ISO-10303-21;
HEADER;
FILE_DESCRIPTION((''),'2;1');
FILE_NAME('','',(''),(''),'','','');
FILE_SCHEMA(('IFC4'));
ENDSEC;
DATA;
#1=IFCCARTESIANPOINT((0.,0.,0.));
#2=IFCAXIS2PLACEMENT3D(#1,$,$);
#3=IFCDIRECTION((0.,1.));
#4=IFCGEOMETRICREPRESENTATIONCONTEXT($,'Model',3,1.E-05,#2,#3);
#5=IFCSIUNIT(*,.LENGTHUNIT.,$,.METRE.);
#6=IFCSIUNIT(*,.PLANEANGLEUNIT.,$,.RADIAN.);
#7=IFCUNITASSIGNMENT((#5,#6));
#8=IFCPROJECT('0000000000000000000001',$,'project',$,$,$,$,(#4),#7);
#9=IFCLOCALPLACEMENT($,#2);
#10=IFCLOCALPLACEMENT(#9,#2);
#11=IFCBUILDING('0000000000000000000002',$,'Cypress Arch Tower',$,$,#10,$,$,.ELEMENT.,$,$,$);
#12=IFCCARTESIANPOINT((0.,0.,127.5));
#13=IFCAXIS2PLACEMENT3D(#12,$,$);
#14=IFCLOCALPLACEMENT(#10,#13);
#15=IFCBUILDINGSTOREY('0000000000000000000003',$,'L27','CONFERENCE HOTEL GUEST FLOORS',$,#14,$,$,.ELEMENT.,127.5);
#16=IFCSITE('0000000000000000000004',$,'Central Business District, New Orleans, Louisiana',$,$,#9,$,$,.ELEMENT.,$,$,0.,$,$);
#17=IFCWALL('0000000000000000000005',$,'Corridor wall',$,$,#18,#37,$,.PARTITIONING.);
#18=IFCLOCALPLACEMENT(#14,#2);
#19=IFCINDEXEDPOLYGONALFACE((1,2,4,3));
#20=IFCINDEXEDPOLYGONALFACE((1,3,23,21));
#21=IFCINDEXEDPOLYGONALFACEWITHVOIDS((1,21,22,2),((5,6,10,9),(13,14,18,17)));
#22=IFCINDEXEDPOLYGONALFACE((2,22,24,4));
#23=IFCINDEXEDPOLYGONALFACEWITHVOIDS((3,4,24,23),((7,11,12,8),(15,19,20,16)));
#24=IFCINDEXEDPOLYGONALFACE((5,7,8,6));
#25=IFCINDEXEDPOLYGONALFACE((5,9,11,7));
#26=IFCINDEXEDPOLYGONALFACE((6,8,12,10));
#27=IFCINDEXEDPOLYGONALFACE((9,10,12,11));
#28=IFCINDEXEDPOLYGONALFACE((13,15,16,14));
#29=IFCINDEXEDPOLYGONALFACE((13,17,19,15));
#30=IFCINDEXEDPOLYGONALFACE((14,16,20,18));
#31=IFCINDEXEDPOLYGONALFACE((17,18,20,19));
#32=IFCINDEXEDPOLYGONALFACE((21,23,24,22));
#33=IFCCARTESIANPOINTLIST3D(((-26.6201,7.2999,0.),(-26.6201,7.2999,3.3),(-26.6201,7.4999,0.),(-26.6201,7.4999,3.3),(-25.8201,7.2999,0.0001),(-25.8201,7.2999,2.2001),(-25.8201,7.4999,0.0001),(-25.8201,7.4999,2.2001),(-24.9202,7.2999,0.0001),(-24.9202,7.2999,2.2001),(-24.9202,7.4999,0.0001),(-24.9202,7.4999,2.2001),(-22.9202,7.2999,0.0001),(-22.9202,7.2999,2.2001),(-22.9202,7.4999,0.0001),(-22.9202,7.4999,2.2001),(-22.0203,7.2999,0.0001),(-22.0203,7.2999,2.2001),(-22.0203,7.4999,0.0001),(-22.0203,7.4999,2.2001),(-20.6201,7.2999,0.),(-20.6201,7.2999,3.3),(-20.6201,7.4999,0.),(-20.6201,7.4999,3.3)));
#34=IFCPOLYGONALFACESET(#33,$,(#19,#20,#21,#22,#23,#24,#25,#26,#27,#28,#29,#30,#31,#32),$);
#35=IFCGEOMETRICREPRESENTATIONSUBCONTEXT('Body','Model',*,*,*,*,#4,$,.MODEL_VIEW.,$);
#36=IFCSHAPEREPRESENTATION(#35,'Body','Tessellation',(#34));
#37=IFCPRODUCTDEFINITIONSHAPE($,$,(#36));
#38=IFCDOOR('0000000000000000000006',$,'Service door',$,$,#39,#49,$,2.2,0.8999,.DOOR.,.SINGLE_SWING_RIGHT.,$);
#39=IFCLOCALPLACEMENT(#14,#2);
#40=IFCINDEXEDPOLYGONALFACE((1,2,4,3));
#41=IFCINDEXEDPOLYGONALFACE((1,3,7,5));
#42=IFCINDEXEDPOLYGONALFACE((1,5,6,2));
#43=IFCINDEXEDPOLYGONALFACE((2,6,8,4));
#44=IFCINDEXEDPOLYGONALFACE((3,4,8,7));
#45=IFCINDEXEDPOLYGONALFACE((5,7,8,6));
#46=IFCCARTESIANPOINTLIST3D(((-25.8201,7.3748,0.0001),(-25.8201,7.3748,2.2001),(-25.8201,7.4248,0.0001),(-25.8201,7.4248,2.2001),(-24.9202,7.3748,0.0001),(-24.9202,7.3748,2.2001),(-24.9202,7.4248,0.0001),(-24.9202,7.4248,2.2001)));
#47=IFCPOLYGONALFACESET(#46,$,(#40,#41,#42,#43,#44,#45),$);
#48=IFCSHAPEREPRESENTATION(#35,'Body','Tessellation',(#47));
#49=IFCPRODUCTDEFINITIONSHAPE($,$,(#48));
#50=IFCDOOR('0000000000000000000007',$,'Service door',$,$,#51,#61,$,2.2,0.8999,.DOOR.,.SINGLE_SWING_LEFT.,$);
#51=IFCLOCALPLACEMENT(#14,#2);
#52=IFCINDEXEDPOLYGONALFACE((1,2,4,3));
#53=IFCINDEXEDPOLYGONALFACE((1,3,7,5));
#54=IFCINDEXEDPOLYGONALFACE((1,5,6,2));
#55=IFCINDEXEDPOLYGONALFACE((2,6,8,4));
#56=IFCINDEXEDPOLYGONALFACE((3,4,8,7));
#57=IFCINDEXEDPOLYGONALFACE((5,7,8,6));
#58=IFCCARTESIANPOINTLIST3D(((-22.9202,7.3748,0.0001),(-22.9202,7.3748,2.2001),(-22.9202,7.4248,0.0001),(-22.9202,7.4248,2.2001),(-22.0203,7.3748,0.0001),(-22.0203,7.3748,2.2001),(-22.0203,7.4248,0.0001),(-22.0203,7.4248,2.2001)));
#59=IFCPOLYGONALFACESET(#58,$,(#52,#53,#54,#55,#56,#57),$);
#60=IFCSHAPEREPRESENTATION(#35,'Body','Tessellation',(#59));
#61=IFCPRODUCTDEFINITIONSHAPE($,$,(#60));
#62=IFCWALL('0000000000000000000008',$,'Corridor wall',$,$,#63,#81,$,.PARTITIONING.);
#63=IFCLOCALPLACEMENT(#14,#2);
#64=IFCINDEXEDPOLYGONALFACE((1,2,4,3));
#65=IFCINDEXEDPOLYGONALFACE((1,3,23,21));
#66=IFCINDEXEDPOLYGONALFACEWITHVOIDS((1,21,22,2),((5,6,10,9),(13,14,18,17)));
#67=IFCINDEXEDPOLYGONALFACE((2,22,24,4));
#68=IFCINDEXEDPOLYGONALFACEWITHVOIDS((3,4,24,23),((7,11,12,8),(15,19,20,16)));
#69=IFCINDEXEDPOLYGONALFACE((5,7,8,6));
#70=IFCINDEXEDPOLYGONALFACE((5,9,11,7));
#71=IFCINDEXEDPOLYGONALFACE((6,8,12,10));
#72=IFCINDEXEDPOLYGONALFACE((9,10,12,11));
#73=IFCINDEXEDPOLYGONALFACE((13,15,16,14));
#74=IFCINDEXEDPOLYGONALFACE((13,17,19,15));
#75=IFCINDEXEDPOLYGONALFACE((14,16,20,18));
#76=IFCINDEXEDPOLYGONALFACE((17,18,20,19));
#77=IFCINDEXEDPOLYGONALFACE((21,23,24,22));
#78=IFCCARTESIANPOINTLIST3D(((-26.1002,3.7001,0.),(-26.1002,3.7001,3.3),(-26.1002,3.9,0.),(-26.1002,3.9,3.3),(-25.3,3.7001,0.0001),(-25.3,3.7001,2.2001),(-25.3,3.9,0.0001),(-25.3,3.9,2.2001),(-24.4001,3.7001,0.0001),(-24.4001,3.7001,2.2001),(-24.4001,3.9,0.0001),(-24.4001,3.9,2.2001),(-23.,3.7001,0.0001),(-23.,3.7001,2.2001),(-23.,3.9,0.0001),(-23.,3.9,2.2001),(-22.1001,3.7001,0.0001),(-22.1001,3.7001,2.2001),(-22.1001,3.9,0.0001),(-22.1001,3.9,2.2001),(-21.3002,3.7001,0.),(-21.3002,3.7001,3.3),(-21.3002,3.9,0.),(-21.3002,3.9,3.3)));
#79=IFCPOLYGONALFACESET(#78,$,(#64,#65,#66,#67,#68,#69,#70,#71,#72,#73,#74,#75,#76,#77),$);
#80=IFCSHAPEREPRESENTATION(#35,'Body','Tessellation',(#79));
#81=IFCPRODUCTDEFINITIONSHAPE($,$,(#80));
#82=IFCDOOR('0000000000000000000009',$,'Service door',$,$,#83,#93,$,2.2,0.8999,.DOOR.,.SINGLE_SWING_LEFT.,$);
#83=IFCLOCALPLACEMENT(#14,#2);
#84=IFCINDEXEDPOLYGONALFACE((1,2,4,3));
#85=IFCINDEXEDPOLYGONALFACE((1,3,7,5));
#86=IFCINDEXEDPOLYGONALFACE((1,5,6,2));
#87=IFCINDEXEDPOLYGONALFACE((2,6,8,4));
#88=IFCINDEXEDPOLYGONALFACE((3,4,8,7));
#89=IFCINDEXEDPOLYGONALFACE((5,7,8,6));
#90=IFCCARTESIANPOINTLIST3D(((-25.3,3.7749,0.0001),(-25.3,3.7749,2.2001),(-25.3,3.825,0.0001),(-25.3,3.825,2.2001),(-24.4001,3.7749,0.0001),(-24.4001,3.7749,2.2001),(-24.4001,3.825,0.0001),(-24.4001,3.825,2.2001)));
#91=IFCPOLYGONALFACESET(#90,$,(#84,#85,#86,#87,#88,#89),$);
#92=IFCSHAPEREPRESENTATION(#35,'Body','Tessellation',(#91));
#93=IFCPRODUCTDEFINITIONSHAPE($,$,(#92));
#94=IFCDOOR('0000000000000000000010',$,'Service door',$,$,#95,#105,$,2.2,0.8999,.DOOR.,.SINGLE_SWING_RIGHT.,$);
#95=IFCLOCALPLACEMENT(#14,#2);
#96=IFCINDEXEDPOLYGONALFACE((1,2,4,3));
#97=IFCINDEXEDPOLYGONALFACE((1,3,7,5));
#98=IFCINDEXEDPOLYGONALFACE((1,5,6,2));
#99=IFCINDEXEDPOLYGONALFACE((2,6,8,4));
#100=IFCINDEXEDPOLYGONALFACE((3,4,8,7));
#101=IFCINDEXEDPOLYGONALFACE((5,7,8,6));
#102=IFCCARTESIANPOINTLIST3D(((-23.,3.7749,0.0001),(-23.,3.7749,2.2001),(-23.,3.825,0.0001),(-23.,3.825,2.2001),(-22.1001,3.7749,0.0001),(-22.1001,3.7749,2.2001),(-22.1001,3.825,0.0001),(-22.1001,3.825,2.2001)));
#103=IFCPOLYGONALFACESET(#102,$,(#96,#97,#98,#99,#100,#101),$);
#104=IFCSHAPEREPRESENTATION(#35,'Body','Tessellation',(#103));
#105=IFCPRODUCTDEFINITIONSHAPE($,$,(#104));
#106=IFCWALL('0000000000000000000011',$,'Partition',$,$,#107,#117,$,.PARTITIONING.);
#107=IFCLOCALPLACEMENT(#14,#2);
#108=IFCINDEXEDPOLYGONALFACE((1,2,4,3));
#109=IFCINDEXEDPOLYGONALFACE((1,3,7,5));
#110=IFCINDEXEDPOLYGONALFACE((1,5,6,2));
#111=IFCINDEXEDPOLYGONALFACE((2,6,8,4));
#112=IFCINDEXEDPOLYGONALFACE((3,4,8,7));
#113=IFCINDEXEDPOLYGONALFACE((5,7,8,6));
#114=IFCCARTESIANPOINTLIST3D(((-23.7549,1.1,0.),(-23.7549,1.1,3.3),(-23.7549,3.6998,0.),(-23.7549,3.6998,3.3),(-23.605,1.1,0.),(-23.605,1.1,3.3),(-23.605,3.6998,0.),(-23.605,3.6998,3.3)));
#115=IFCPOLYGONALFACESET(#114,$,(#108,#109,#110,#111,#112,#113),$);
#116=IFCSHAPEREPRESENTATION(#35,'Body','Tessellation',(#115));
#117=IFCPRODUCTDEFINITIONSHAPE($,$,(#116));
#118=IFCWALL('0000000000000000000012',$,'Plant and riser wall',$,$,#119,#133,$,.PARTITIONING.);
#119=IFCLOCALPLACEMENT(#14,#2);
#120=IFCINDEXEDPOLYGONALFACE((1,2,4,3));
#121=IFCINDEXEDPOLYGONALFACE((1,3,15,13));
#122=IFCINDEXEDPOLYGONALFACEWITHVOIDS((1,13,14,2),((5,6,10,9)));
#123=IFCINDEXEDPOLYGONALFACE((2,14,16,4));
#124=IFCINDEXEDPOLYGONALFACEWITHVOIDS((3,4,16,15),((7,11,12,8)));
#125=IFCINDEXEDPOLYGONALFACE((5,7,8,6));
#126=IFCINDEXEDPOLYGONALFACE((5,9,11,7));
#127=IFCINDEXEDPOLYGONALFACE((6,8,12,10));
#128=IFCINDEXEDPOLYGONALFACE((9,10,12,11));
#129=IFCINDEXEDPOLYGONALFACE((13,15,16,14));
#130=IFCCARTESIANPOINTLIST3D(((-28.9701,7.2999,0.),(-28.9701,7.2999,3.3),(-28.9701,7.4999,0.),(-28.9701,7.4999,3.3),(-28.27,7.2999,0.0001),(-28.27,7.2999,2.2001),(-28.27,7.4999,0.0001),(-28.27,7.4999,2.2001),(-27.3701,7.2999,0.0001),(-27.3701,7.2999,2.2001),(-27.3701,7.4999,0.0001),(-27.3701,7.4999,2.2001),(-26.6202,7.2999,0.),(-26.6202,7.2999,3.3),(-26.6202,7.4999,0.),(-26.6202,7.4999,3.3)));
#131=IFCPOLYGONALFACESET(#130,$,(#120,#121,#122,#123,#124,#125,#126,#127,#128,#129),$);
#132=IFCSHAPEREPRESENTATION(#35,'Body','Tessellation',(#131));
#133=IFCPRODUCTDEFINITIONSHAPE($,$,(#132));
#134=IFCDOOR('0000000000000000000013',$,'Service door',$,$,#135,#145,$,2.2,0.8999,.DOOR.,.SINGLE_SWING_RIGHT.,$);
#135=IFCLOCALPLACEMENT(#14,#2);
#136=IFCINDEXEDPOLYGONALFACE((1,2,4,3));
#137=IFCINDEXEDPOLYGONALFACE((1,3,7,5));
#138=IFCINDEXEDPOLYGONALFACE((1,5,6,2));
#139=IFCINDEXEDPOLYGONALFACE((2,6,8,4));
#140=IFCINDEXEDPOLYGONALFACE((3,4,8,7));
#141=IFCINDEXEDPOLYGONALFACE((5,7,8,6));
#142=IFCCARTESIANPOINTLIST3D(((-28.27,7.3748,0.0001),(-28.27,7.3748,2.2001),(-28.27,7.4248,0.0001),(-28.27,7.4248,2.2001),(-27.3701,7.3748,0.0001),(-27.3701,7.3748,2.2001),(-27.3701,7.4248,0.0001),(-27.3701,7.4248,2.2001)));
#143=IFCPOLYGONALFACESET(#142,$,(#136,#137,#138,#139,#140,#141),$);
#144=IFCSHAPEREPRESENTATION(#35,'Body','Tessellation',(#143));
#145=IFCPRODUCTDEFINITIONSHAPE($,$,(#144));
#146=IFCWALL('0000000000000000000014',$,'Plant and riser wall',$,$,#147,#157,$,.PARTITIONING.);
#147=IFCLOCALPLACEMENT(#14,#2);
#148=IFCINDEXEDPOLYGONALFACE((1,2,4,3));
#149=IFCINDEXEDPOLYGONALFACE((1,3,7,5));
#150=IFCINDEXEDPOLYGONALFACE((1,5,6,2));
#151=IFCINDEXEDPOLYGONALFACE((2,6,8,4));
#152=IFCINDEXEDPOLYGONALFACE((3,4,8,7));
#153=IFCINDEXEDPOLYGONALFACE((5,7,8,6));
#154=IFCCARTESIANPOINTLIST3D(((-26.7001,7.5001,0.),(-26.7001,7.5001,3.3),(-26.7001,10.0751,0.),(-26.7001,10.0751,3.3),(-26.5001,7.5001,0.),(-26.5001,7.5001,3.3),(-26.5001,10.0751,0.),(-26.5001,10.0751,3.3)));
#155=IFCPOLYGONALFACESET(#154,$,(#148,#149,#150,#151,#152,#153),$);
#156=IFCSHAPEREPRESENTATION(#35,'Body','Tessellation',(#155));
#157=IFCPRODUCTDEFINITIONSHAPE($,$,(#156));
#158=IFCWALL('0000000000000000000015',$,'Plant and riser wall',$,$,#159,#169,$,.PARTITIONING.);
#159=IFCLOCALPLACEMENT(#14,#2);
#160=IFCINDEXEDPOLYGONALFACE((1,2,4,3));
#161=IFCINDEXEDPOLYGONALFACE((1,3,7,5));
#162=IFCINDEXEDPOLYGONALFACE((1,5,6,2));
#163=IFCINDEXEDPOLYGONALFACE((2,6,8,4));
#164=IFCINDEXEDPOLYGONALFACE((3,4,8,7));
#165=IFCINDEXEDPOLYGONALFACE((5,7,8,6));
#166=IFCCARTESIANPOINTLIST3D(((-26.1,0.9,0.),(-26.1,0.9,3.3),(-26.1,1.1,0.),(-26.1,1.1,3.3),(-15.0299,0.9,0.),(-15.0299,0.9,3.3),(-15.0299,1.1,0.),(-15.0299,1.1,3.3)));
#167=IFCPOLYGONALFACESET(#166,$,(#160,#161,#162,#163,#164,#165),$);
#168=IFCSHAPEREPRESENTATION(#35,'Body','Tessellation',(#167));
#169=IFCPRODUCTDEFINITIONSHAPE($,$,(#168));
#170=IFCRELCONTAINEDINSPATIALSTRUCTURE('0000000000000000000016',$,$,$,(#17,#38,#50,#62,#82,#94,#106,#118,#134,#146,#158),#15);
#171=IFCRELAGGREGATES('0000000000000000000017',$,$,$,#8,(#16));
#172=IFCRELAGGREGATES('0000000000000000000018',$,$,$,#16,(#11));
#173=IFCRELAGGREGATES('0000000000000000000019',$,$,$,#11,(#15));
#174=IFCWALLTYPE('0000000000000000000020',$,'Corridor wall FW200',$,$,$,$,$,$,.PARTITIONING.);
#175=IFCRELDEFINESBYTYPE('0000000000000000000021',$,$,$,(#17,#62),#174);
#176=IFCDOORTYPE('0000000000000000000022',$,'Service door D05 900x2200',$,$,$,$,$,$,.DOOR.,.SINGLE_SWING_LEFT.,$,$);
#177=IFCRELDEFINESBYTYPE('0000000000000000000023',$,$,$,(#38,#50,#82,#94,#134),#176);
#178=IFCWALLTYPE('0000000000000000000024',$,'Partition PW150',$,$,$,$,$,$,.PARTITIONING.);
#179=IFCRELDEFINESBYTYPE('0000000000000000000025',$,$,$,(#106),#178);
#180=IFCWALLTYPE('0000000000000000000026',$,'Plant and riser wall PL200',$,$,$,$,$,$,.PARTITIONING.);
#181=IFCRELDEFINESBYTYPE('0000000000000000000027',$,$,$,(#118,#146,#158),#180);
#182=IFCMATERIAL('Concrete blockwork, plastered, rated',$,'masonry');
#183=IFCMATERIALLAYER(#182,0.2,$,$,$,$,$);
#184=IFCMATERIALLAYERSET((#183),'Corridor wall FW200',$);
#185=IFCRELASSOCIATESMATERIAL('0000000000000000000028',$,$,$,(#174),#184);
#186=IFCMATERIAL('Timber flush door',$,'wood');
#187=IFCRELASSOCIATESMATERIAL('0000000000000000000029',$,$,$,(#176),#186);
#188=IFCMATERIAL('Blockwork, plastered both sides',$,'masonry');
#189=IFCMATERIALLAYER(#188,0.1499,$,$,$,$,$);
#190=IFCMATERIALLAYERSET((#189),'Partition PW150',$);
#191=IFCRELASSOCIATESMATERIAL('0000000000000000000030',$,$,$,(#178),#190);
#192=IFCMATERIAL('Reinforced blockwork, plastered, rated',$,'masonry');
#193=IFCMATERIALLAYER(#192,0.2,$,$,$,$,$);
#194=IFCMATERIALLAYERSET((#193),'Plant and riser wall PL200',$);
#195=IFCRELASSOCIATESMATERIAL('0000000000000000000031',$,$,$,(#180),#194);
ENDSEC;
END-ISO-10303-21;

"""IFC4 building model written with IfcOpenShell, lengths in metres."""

from ifc_helpers import new_model, si_unit, direction, frame, frame_2d, origin, place, context, subcontext, project, spatial, rectangle, extrude, material, layer, layer_set, type_object, element, fill, save


model = new_model("IFC4")

# Units and contexts
model_context = context("Model", 3, precision=1e-05, world=origin(), true_north=direction((0.0, 1.0)))
body_context = subcontext(model_context, "Body", "Model", "MODEL_VIEW")
ifc_project = project(units=[si_unit("LENGTHUNIT", "METRE"), si_unit("PLANEANGLEUNIT", "RADIAN")], contexts=[model_context])

# Site, building, storey
site_placement = place(None, origin())
site = spatial("IfcSite", under=ifc_project, at=site_placement, Name="Central Business District, New Orleans, Louisiana", CompositionType="ELEMENT", RefElevation=0.0)
building_placement = place(site_placement, origin())
building = spatial("IfcBuilding", under=site, at=building_placement, Name="Cypress Arch Tower", CompositionType="ELEMENT")
storey_placement = place(building_placement, frame((0.0, 0.0, 127.5)))
storey = spatial("IfcBuildingStorey", under=building, at=storey_placement, Name="L27", Description="CONFERENCE HOTEL GUEST FLOORS", CompositionType="ELEMENT", Elevation=127.5)

# Walls, openings, doors
ifc_material_1 = material(Name="Concrete blockwork, plastered, rated", Category="masonry")
ifc_layer_1 = layer(ifc_material_1, 0.2)
ifc_layer_set_1 = layer_set([ifc_layer_1], Name="Corridor wall FW200")
wall_type_1 = type_object("IfcWallType", Name="Corridor wall FW200", PredefinedType="PARTITIONING", material=ifc_layer_set_1)
wall_1_placement = place(storey_placement, frame((-26.6201, 7.3999, 0.0), z_axis=(0.0, 0.0, 1.0), x_axis=(1.0, 0.0, 0.0)))
wall_1 = element("IfcWall", 1, at=wall_1_placement, inside=storey, type_object=wall_type_1, Name="Corridor wall", PredefinedType="PARTITIONING", context=body_context, shape_type="SweptSolid", body=[
    extrude(rectangle(XDim=6.0, YDim=0.2, at=frame_2d((3.0, 0.0))), origin(), (0.0, 0.0, 1.0), 3.3),
])
opening_1_placement = place(wall_1_placement, frame((0.8, 0.0, 0.0)))
opening_1 = element("IfcOpeningElement", 2, at=opening_1_placement, cuts=wall_1, PredefinedType="OPENING", context=body_context, shape_type="SweptSolid", body=[
    extrude(rectangle(XDim=0.8999, YDim=2.2, at=frame_2d((0.45, 1.1001))), frame((0.0, 0.1099, 0.0), z_axis=(0.0, -1.0, 0.0), x_axis=(1.0, 0.0, 0.0)), (0.0, 0.0, 1.0), 0.22),
])
opening_2_placement = place(wall_1_placement, frame((3.7, 0.0, 0.0)))
opening_2 = element("IfcOpeningElement", 3, at=opening_2_placement, cuts=wall_1, PredefinedType="OPENING", context=body_context, shape_type="SweptSolid", body=[
    extrude(rectangle(XDim=0.8999, YDim=2.2, at=frame_2d((0.45, 1.1001))), frame((0.0, 0.1099, 0.0), z_axis=(0.0, -1.0, 0.0), x_axis=(1.0, 0.0, 0.0)), (0.0, 0.0, 1.0), 0.22),
])
ifc_material_2 = material(Name="Timber flush door", Category="wood")
door_type = type_object("IfcDoorType", Name="Service door D05 900x2200", OperationType="SINGLE_SWING_LEFT", PredefinedType="DOOR", material=ifc_material_2)
door_1_placement = place(opening_1_placement, origin())
door_1 = element("IfcDoor", 4, at=door_1_placement, inside=storey, type_object=door_type, Name="Service door", OperationType="SINGLE_SWING_RIGHT", OverallHeight=2.2, OverallWidth=0.8999, PredefinedType="DOOR", context=body_context, shape_type="SweptSolid", body=[
    extrude(rectangle(XDim=0.8999, YDim=2.2, at=frame_2d((0.45, 1.1001))), frame((0.0, 0.0249, 0.0), z_axis=(0.0, -1.0, 0.0), x_axis=(1.0, 0.0, 0.0)), (0.0, 0.0, 1.0), 0.05),
])
fill(opening_1, door_1)
door_2_placement = place(opening_2_placement, origin())
door_2 = element("IfcDoor", 5, at=door_2_placement, inside=storey, type_object=door_type, Name="Service door", OperationType="SINGLE_SWING_LEFT", OverallHeight=2.2, OverallWidth=0.8999, PredefinedType="DOOR", context=body_context, shape_type="SweptSolid", body=[
    extrude(rectangle(XDim=0.8999, YDim=2.2, at=frame_2d((0.45, 1.1001))), frame((0.0, 0.0249, 0.0), z_axis=(0.0, -1.0, 0.0), x_axis=(1.0, 0.0, 0.0)), (0.0, 0.0, 1.0), 0.05),
])
fill(opening_2, door_2)
wall_2_placement = place(storey_placement, frame((-26.1001, 3.8, 0.0), z_axis=(0.0, 0.0, 1.0), x_axis=(1.0, 0.0, 0.0)))
wall_2 = element("IfcWall", 6, at=wall_2_placement, inside=storey, type_object=wall_type_1, Name="Corridor wall", PredefinedType="PARTITIONING", context=body_context, shape_type="SweptSolid", body=[
    extrude(rectangle(XDim=4.8, YDim=0.2, at=frame_2d((2.3999, 0.0))), origin(), (0.0, 0.0, 1.0), 3.3),
])
opening_3_placement = place(wall_2_placement, frame((0.8, 0.0, 0.0)))
opening_3 = element("IfcOpeningElement", 7, at=opening_3_placement, cuts=wall_2, PredefinedType="OPENING", context=body_context, shape_type="SweptSolid", body=[
    extrude(rectangle(XDim=0.8999, YDim=2.2, at=frame_2d((0.45, 1.1001))), frame((0.0, 0.1099, 0.0), z_axis=(0.0, -1.0, 0.0), x_axis=(1.0, 0.0, 0.0)), (0.0, 0.0, 1.0), 0.22),
])
opening_4_placement = place(wall_2_placement, frame((3.1001, 0.0, 0.0)))
opening_4 = element("IfcOpeningElement", 8, at=opening_4_placement, cuts=wall_2, PredefinedType="OPENING", context=body_context, shape_type="SweptSolid", body=[
    extrude(rectangle(XDim=0.8999, YDim=2.2, at=frame_2d((0.45, 1.1001))), frame((0.0, 0.1099, 0.0), z_axis=(0.0, -1.0, 0.0), x_axis=(1.0, 0.0, 0.0)), (0.0, 0.0, 1.0), 0.22),
])
door_3_placement = place(opening_3_placement, origin())
door_3 = element("IfcDoor", 9, at=door_3_placement, inside=storey, type_object=door_type, Name="Service door", OperationType="SINGLE_SWING_LEFT", OverallHeight=2.2, OverallWidth=0.8999, PredefinedType="DOOR", context=body_context, shape_type="SweptSolid", body=[
    extrude(rectangle(XDim=0.8999, YDim=2.2, at=frame_2d((0.45, 1.1001))), frame((0.0, 0.0249, 0.0), z_axis=(0.0, -1.0, 0.0), x_axis=(1.0, 0.0, 0.0)), (0.0, 0.0, 1.0), 0.05),
])
fill(opening_3, door_3)
door_4_placement = place(opening_4_placement, origin())
door_4 = element("IfcDoor", 10, at=door_4_placement, inside=storey, type_object=door_type, Name="Service door", OperationType="SINGLE_SWING_RIGHT", OverallHeight=2.2, OverallWidth=0.8999, PredefinedType="DOOR", context=body_context, shape_type="SweptSolid", body=[
    extrude(rectangle(XDim=0.8999, YDim=2.2, at=frame_2d((0.45, 1.1001))), frame((0.0, 0.0249, 0.0), z_axis=(0.0, -1.0, 0.0), x_axis=(1.0, 0.0, 0.0)), (0.0, 0.0, 1.0), 0.05),
])
fill(opening_4, door_4)

# Wall
ifc_material_3 = material(Name="Blockwork, plastered both sides", Category="masonry")
ifc_layer_2 = layer(ifc_material_3, 0.1499)
ifc_layer_set_2 = layer_set([ifc_layer_2], Name="Partition PW150")
wall_type_2 = type_object("IfcWallType", Name="Partition PW150", PredefinedType="PARTITIONING", material=ifc_layer_set_2)
wall_3_placement = place(storey_placement, frame((-23.6799, 1.1001, 0.0), z_axis=(0.0, 0.0, 1.0), x_axis=(0.0, 1.0, 0.0)))
element("IfcWall", 11, at=wall_3_placement, inside=storey, type_object=wall_type_2, Name="Partition", PredefinedType="PARTITIONING", context=body_context, shape_type="SweptSolid", body=[
    extrude(rectangle(XDim=2.5999, YDim=0.1499, at=frame_2d((1.2998, 0.0))), origin(), (0.0, 0.0, 1.0), 3.3),
])

# Wall, opening, door
ifc_material_4 = material(Name="Reinforced blockwork, plastered, rated", Category="masonry")
ifc_layer_3 = layer(ifc_material_4, 0.2)
ifc_layer_set_3 = layer_set([ifc_layer_3], Name="Plant and riser wall PL200")
wall_type_3 = type_object("IfcWallType", Name="Plant and riser wall PL200", PredefinedType="PARTITIONING", material=ifc_layer_set_3)
wall_4_placement = place(storey_placement, frame((-28.97, 7.3999, 0.0), z_axis=(0.0, 0.0, 1.0), x_axis=(1.0, 0.0, 0.0)))
wall_4 = element("IfcWall", 12, at=wall_4_placement, inside=storey, type_object=wall_type_3, Name="Plant and riser wall", PredefinedType="PARTITIONING", context=body_context, shape_type="SweptSolid", body=[
    extrude(rectangle(XDim=2.3499, YDim=0.2, at=frame_2d((1.1748, 0.0))), origin(), (0.0, 0.0, 1.0), 3.3),
])
opening_5_placement = place(wall_4_placement, frame((0.7, 0.0, 0.0)))
opening_5 = element("IfcOpeningElement", 13, at=opening_5_placement, cuts=wall_4, PredefinedType="OPENING", context=body_context, shape_type="SweptSolid", body=[
    extrude(rectangle(XDim=0.8999, YDim=2.2, at=frame_2d((0.45, 1.1001))), frame((0.0, 0.1099, 0.0), z_axis=(0.0, -1.0, 0.0), x_axis=(1.0, 0.0, 0.0)), (0.0, 0.0, 1.0), 0.22),
])
door_5_placement = place(opening_5_placement, origin())
door_5 = element("IfcDoor", 14, at=door_5_placement, inside=storey, type_object=door_type, Name="Service door", OperationType="SINGLE_SWING_RIGHT", OverallHeight=2.2, OverallWidth=0.8999, PredefinedType="DOOR", context=body_context, shape_type="SweptSolid", body=[
    extrude(rectangle(XDim=0.8999, YDim=2.2, at=frame_2d((0.45, 1.1001))), frame((0.0, 0.0249, 0.0), z_axis=(0.0, -1.0, 0.0), x_axis=(1.0, 0.0, 0.0)), (0.0, 0.0, 1.0), 0.05),
])
fill(opening_5, door_5)

# Walls
wall_5_placement = place(storey_placement, frame((-26.6001, 7.5, 0.0), z_axis=(0.0, 0.0, 1.0), x_axis=(0.0, 1.0, 0.0)))
element("IfcWall", 15, at=wall_5_placement, inside=storey, type_object=wall_type_3, Name="Plant and riser wall", PredefinedType="PARTITIONING", context=body_context, shape_type="SweptSolid", body=[
    extrude(rectangle(XDim=2.575, YDim=0.2, at=frame_2d((1.2876, 0.0))), origin(), (0.0, 0.0, 1.0), 3.3),
])
wall_6_placement = place(storey_placement, frame((-26.1001, 1.0, 0.0), z_axis=(0.0, 0.0, 1.0), x_axis=(1.0, 0.0, 0.0)))
element("IfcWall", 16, at=wall_6_placement, inside=storey, type_object=wall_type_3, Name="Plant and riser wall", PredefinedType="PARTITIONING", context=body_context, shape_type="SweptSolid", body=[
    extrude(rectangle(XDim=11.0701, YDim=0.2, at=frame_2d((5.5352, 0.0))), origin(), (0.0, 0.0, 1.0), 3.3),
])

save(model, "model.ifc")
